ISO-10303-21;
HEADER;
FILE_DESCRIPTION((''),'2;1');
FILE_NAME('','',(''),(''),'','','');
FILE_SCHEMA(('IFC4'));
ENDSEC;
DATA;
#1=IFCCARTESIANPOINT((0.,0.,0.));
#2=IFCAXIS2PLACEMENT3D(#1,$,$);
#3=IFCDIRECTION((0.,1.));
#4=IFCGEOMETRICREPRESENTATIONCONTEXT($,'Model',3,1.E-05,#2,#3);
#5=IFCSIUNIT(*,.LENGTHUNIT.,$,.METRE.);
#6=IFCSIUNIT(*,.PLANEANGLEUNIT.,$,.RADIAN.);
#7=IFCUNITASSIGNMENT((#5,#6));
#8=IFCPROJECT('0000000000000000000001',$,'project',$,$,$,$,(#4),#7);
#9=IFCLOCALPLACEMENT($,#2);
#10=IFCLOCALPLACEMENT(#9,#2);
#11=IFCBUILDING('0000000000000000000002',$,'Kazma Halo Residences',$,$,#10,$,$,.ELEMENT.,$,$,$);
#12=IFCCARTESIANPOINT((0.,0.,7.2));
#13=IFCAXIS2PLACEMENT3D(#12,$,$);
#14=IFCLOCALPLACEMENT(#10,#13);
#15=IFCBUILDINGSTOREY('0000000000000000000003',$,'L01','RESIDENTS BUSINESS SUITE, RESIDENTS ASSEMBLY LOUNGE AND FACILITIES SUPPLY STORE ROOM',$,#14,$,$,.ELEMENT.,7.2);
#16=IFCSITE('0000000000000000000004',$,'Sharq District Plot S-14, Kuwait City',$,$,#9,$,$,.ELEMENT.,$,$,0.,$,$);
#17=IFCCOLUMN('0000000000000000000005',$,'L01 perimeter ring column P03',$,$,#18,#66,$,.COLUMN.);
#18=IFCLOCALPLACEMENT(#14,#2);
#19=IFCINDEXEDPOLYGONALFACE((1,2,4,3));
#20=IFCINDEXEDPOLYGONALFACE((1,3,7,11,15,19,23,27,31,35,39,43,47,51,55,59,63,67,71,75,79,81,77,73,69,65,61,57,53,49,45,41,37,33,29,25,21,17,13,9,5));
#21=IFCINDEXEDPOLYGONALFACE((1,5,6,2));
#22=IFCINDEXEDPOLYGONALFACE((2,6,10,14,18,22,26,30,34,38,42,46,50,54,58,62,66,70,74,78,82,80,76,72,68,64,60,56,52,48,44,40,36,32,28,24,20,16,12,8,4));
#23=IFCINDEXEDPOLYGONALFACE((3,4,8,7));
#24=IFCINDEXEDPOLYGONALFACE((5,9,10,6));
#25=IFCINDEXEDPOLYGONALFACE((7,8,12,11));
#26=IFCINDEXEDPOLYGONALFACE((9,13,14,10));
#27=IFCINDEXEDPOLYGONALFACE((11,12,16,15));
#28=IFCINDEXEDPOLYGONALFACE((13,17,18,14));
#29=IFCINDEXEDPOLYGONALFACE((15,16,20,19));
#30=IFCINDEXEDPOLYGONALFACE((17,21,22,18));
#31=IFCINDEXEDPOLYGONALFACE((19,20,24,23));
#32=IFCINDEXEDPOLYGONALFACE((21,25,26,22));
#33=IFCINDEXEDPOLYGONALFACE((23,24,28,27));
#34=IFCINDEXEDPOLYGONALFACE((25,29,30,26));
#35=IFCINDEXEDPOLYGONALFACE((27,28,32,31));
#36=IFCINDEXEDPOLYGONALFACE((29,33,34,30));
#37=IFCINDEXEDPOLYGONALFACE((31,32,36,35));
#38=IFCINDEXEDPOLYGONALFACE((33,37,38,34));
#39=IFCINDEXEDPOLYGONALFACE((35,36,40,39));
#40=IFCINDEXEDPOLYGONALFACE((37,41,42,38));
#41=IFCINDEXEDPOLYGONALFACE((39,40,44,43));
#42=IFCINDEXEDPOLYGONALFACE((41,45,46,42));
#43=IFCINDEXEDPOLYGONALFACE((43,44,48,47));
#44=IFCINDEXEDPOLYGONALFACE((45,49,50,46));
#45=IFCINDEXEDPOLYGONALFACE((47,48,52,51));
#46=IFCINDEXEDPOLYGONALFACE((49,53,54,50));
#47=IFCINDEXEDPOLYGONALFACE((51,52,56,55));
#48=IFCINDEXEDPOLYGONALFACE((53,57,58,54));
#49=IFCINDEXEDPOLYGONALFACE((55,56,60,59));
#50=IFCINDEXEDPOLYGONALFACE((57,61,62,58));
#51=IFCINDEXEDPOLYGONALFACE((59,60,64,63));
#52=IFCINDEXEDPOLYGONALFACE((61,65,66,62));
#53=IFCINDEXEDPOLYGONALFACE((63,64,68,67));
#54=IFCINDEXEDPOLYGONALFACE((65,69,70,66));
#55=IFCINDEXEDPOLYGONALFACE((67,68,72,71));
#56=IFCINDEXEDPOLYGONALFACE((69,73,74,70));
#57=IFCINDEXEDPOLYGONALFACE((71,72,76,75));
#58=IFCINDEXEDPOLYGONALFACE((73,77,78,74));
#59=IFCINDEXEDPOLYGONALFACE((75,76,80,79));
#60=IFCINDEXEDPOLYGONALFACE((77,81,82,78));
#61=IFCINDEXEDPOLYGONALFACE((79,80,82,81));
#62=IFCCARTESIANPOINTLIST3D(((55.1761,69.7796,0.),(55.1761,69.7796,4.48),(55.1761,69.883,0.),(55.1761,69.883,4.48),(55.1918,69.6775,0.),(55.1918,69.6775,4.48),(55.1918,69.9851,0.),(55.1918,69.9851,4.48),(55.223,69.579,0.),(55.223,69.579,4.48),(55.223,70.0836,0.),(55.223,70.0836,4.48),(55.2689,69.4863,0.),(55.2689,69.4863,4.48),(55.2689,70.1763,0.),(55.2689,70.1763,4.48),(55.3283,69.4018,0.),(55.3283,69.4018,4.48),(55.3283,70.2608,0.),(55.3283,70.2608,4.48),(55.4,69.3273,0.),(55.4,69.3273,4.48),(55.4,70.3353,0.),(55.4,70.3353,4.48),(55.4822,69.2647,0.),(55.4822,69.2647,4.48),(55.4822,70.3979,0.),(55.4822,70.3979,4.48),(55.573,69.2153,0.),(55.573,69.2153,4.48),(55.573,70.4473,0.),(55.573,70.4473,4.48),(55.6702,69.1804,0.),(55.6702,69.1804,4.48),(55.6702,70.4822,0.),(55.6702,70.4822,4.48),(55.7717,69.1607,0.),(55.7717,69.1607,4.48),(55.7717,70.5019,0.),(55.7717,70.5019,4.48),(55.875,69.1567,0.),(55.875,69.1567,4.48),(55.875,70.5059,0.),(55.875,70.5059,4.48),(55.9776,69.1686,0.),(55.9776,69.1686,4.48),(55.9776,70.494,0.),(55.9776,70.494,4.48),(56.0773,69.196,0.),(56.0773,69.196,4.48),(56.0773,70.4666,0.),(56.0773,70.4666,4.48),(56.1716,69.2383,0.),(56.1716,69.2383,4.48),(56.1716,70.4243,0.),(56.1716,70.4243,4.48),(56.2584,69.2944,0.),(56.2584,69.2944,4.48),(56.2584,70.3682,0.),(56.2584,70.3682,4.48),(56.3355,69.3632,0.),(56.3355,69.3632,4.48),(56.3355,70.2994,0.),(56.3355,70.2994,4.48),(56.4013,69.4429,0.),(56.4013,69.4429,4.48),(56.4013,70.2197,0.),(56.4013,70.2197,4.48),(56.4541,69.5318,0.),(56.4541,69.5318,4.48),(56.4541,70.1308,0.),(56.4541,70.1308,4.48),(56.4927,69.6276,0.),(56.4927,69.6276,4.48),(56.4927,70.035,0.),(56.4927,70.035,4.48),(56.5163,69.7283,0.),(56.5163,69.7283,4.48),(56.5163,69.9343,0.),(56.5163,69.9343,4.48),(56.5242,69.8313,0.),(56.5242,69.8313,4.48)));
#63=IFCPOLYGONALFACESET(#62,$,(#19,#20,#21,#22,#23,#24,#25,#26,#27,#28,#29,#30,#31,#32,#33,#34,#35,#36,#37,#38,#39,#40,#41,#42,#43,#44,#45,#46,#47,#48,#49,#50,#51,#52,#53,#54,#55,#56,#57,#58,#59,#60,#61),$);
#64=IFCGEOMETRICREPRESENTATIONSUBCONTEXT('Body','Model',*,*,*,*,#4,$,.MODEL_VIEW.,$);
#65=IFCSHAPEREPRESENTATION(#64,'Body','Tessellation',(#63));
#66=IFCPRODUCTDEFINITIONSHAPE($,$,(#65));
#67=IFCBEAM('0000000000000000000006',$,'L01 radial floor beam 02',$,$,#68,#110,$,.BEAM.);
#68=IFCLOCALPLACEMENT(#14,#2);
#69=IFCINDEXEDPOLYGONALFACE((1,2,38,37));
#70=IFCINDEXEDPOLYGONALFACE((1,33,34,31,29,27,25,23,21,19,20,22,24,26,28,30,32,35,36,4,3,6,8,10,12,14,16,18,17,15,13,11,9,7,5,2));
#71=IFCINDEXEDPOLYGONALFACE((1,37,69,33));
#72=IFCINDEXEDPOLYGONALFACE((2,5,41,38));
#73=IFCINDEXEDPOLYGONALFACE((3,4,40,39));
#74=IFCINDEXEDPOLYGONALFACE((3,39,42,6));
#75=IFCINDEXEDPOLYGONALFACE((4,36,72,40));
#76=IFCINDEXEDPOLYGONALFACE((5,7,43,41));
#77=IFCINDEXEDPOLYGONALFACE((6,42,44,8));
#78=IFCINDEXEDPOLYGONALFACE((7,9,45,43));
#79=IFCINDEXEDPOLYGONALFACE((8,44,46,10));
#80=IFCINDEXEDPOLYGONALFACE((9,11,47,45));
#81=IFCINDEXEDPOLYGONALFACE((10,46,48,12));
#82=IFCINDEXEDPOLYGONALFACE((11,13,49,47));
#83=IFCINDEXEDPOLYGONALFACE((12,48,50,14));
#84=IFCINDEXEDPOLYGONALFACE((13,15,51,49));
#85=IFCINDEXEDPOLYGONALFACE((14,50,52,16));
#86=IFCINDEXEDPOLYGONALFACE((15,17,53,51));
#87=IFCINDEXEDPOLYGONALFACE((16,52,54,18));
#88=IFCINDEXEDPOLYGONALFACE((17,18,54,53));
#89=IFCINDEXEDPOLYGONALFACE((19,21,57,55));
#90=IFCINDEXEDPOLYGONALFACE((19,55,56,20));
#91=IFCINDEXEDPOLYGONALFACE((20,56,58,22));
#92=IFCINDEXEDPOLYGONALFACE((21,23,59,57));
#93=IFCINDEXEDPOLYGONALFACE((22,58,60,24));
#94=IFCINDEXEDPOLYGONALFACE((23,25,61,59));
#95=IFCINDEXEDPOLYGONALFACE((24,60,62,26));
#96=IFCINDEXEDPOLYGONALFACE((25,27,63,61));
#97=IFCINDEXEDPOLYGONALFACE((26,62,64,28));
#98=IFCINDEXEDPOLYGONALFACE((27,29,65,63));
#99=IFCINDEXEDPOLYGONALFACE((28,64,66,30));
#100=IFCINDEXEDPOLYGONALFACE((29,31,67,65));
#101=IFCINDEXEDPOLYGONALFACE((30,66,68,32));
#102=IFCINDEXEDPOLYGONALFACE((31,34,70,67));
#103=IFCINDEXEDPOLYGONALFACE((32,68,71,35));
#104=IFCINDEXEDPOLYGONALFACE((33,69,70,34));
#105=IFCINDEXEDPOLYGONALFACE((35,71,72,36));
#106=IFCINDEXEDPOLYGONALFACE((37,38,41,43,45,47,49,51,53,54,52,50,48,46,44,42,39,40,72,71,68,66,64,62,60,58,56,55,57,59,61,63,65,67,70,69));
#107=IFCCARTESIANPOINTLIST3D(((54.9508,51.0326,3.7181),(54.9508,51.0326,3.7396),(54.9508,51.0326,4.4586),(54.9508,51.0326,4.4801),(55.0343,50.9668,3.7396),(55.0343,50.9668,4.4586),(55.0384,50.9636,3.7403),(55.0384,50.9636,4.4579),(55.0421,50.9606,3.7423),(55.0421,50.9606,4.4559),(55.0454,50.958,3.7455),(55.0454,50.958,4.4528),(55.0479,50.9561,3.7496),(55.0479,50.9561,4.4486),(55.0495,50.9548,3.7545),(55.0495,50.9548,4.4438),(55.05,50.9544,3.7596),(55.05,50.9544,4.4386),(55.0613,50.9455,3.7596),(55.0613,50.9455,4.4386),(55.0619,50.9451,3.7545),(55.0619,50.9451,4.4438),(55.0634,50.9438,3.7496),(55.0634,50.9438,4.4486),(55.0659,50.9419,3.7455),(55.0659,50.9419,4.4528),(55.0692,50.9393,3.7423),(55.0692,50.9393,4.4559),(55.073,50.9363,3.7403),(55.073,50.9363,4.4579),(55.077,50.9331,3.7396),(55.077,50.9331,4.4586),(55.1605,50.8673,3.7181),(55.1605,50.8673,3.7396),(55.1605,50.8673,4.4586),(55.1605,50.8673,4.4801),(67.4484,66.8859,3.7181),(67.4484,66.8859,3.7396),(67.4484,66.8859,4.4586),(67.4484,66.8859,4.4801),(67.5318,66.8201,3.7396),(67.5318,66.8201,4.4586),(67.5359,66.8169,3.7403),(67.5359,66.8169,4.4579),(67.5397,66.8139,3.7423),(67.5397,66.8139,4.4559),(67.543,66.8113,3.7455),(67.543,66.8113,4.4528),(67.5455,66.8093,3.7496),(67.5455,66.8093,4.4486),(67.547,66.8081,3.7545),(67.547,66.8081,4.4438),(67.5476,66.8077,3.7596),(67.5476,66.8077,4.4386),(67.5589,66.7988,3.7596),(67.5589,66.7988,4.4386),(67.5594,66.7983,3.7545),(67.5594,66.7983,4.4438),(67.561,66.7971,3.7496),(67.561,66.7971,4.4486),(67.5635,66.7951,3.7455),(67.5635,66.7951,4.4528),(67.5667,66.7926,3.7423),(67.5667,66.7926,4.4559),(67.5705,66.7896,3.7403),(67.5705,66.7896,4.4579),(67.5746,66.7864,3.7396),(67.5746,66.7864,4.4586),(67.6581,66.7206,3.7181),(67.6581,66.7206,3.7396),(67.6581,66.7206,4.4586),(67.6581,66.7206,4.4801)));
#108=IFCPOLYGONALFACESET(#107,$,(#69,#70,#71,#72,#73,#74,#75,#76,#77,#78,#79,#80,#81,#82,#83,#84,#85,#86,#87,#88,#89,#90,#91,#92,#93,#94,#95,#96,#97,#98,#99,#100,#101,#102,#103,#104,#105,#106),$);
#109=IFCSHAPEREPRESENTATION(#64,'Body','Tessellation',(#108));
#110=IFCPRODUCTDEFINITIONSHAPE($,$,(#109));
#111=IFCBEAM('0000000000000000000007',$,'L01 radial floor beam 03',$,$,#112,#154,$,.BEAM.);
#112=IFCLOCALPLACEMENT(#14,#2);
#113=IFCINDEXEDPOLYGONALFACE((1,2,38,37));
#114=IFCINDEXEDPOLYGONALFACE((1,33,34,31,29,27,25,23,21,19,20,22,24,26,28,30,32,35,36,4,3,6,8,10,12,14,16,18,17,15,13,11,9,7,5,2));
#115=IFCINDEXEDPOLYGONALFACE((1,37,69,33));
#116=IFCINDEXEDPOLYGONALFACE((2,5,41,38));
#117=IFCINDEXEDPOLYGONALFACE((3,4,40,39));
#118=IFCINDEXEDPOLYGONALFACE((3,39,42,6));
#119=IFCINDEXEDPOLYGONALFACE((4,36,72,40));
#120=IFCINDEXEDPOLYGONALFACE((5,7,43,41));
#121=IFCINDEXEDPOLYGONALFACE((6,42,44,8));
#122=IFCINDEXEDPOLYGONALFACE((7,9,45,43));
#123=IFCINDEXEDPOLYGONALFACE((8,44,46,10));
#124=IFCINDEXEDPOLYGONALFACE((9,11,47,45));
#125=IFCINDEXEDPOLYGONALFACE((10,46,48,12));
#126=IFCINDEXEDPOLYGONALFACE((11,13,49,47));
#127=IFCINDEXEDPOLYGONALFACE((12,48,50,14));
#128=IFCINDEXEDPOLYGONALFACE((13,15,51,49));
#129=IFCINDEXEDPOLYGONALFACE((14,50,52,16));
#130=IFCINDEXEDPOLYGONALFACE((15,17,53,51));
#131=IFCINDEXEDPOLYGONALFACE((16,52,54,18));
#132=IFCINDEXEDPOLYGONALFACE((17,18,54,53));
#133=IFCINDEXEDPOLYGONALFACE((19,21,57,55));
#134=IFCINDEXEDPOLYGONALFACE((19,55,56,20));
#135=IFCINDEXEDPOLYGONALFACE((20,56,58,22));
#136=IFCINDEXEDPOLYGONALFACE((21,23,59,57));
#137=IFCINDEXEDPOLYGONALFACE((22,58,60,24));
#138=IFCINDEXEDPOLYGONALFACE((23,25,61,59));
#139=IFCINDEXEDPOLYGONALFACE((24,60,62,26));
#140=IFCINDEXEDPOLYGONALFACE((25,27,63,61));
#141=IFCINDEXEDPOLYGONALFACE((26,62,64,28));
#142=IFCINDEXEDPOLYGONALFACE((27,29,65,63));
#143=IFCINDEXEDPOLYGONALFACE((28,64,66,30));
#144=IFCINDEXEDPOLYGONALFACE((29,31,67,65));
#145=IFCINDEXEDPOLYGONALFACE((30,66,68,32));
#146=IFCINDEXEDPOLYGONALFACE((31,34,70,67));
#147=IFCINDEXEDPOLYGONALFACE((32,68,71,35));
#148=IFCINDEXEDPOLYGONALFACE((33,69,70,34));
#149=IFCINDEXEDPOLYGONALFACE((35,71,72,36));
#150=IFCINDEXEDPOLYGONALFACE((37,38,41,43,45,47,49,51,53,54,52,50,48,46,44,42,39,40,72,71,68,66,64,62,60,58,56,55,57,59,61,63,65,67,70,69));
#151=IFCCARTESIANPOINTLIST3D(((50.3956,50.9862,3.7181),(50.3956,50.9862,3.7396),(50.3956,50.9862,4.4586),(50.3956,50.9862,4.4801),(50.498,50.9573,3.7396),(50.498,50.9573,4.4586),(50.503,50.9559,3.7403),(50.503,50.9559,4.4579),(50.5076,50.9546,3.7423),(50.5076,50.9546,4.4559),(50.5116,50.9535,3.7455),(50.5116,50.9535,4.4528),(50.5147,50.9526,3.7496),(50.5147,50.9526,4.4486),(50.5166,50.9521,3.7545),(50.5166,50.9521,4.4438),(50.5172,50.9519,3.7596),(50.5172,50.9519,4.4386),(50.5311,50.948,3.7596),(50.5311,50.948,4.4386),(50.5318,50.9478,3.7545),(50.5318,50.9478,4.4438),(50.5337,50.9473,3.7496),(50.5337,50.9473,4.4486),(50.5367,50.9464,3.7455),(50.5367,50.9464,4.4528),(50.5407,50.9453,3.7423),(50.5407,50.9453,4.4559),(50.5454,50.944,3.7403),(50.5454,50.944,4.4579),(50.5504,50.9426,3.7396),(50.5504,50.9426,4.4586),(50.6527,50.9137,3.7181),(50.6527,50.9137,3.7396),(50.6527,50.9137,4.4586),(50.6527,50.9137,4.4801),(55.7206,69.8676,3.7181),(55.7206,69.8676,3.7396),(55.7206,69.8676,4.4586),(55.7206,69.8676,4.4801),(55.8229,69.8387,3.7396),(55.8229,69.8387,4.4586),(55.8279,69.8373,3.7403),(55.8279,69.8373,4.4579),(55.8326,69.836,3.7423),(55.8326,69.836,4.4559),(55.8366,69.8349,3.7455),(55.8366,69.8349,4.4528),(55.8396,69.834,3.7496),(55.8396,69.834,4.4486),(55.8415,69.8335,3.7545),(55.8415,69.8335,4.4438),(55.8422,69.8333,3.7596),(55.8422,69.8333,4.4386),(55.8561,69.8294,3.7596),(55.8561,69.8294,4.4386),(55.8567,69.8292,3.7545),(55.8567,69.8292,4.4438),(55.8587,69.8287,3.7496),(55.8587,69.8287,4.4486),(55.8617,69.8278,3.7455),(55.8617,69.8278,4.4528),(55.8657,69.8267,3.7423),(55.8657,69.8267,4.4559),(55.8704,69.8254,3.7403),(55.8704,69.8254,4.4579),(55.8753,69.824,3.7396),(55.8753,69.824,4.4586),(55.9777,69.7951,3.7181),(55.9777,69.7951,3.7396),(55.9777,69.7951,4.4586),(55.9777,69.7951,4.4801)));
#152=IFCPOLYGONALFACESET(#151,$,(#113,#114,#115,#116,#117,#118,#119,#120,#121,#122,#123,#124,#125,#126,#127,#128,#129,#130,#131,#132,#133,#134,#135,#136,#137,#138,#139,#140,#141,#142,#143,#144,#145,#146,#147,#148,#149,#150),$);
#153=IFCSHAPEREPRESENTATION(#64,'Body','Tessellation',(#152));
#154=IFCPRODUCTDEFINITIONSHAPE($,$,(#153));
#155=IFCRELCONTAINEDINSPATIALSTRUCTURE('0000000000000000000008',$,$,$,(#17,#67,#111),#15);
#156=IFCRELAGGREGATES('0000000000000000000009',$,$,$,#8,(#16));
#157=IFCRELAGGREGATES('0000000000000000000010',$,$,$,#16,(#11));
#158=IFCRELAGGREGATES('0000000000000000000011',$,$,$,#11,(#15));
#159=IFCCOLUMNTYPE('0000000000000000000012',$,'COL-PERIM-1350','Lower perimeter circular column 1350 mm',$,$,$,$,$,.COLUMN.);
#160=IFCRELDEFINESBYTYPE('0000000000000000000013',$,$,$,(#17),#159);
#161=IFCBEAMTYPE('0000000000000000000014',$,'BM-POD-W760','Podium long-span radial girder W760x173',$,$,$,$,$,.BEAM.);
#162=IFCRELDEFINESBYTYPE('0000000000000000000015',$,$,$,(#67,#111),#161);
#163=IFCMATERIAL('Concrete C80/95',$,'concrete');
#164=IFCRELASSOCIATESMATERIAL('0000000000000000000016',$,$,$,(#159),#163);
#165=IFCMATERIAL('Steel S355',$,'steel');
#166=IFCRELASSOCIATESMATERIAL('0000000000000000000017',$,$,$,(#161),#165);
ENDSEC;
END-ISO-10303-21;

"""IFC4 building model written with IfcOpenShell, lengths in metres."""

from ifc_helpers import new_model, si_unit, direction, frame, origin, origin_2d, place, context, subcontext, project, spatial, circle, i_section, extrude, material, material_profile, profile_set, type_object, element, save


model = new_model("IFC4")

# Units and contexts
model_context = context("Model", 3, precision=1e-05, world=origin(), true_north=direction((0.0, 1.0)))
body_context = subcontext(model_context, "Body", "Model", "MODEL_VIEW")
ifc_project = project(units=[si_unit("LENGTHUNIT", "METRE"), si_unit("PLANEANGLEUNIT", "RADIAN")], contexts=[model_context])

# Site, building, storey
site_placement = place(None, origin())
site = spatial("IfcSite", under=ifc_project, at=site_placement, Name="Sharq District Plot S-14, Kuwait City", CompositionType="ELEMENT", RefElevation=0.0)
building_placement = place(site_placement, origin())
building = spatial("IfcBuilding", under=site, at=building_placement, Name="Kazma Halo Residences", CompositionType="ELEMENT")
storey_placement = place(building_placement, frame((0.0, 0.0, 7.2)))
storey = spatial("IfcBuildingStorey", under=building, at=storey_placement, Name="L01", Description="RESIDENTS BUSINESS SUITE, RESIDENTS ASSEMBLY LOUNGE AND FACILITIES SUPPLY STORE ROOM", CompositionType="ELEMENT", Elevation=7.2)

# Column
ifc_material_1 = material(Name="Concrete C80/95", Category="concrete")
ifc_material_profile_1 = material_profile(ifc_material_1, circle(Radius=0.675, at=origin_2d()), Name="CIRC1350")
ifc_profile_set_1 = profile_set([ifc_material_profile_1], Name="Concrete C80/95")
column_type = type_object("IfcColumnType", Name="COL-PERIM-1350", Description="Lower perimeter circular column 1350 mm", PredefinedType="COLUMN", material=ifc_profile_set_1)
column_placement = place(storey_placement, frame((55.8491, 69.8313, 0.0), z_axis=(0.0, 0.0, 1.0), x_axis=(1.0, 0.0, 0.0)))
element("IfcColumn", 1, at=column_placement, inside=storey, type_object=column_type, Name="L01 perimeter ring column P03", PredefinedType="COLUMN", context=body_context, shape_type="SweptSolid", body=[
    extrude(circle(Radius=0.675, at=origin_2d()), origin(), (0.0, 0.0, 1.0), 4.48),
])

# Beams
ifc_material_2 = material(Name="Steel S355", Category="steel")
ifc_material_profile_2 = material_profile(ifc_material_2, i_section(OverallWidth=0.2671, OverallDepth=0.762, WebThickness=0.0144, FlangeThickness=0.0215, FilletRadius=0.02, at=origin_2d()), Name="W760x173")
ifc_profile_set_2 = profile_set([ifc_material_profile_2], Name="Steel S355")
beam_type_1 = type_object("IfcBeamType", Name="BM-POD-W760", Description="Podium long-span radial girder W760x173", PredefinedType="BEAM", material=ifc_profile_set_2)
beam_1_placement = place(storey_placement, frame((55.0557, 50.95, 4.0991), z_axis=(0.619089, 0.785321, 0.0), x_axis=(-0.785321, 0.619089, 0.0)))
element("IfcBeam", 2, at=beam_1_placement, inside=storey, type_object=beam_type_1, Name="L01 radial floor beam 02", PredefinedType="BEAM", context=body_context, shape_type="SweptSolid", body=[
    extrude(i_section(OverallWidth=0.2671, OverallDepth=0.762, WebThickness=0.0144, FlangeThickness=0.0215, FilletRadius=0.02, at=origin_2d()), origin(), (0.0, 0.0, 1.0), 20.187),
])
beam_2_placement = place(storey_placement, frame((50.5242, 50.95, 4.0991), z_axis=(0.271434, 0.962457, 0.0), x_axis=(-0.962457, 0.271434, 0.0)))
element("IfcBeam", 3, at=beam_2_placement, inside=storey, type_object=beam_type_1, Name="L01 radial floor beam 03", PredefinedType="BEAM", context=body_context, shape_type="SweptSolid", body=[
    extrude(i_section(OverallWidth=0.2671, OverallDepth=0.762, WebThickness=0.0144, FlangeThickness=0.0215, FilletRadius=0.02, at=origin_2d()), origin(), (0.0, 0.0, 1.0), 19.6179),
])

save(model, "model.ifc")
